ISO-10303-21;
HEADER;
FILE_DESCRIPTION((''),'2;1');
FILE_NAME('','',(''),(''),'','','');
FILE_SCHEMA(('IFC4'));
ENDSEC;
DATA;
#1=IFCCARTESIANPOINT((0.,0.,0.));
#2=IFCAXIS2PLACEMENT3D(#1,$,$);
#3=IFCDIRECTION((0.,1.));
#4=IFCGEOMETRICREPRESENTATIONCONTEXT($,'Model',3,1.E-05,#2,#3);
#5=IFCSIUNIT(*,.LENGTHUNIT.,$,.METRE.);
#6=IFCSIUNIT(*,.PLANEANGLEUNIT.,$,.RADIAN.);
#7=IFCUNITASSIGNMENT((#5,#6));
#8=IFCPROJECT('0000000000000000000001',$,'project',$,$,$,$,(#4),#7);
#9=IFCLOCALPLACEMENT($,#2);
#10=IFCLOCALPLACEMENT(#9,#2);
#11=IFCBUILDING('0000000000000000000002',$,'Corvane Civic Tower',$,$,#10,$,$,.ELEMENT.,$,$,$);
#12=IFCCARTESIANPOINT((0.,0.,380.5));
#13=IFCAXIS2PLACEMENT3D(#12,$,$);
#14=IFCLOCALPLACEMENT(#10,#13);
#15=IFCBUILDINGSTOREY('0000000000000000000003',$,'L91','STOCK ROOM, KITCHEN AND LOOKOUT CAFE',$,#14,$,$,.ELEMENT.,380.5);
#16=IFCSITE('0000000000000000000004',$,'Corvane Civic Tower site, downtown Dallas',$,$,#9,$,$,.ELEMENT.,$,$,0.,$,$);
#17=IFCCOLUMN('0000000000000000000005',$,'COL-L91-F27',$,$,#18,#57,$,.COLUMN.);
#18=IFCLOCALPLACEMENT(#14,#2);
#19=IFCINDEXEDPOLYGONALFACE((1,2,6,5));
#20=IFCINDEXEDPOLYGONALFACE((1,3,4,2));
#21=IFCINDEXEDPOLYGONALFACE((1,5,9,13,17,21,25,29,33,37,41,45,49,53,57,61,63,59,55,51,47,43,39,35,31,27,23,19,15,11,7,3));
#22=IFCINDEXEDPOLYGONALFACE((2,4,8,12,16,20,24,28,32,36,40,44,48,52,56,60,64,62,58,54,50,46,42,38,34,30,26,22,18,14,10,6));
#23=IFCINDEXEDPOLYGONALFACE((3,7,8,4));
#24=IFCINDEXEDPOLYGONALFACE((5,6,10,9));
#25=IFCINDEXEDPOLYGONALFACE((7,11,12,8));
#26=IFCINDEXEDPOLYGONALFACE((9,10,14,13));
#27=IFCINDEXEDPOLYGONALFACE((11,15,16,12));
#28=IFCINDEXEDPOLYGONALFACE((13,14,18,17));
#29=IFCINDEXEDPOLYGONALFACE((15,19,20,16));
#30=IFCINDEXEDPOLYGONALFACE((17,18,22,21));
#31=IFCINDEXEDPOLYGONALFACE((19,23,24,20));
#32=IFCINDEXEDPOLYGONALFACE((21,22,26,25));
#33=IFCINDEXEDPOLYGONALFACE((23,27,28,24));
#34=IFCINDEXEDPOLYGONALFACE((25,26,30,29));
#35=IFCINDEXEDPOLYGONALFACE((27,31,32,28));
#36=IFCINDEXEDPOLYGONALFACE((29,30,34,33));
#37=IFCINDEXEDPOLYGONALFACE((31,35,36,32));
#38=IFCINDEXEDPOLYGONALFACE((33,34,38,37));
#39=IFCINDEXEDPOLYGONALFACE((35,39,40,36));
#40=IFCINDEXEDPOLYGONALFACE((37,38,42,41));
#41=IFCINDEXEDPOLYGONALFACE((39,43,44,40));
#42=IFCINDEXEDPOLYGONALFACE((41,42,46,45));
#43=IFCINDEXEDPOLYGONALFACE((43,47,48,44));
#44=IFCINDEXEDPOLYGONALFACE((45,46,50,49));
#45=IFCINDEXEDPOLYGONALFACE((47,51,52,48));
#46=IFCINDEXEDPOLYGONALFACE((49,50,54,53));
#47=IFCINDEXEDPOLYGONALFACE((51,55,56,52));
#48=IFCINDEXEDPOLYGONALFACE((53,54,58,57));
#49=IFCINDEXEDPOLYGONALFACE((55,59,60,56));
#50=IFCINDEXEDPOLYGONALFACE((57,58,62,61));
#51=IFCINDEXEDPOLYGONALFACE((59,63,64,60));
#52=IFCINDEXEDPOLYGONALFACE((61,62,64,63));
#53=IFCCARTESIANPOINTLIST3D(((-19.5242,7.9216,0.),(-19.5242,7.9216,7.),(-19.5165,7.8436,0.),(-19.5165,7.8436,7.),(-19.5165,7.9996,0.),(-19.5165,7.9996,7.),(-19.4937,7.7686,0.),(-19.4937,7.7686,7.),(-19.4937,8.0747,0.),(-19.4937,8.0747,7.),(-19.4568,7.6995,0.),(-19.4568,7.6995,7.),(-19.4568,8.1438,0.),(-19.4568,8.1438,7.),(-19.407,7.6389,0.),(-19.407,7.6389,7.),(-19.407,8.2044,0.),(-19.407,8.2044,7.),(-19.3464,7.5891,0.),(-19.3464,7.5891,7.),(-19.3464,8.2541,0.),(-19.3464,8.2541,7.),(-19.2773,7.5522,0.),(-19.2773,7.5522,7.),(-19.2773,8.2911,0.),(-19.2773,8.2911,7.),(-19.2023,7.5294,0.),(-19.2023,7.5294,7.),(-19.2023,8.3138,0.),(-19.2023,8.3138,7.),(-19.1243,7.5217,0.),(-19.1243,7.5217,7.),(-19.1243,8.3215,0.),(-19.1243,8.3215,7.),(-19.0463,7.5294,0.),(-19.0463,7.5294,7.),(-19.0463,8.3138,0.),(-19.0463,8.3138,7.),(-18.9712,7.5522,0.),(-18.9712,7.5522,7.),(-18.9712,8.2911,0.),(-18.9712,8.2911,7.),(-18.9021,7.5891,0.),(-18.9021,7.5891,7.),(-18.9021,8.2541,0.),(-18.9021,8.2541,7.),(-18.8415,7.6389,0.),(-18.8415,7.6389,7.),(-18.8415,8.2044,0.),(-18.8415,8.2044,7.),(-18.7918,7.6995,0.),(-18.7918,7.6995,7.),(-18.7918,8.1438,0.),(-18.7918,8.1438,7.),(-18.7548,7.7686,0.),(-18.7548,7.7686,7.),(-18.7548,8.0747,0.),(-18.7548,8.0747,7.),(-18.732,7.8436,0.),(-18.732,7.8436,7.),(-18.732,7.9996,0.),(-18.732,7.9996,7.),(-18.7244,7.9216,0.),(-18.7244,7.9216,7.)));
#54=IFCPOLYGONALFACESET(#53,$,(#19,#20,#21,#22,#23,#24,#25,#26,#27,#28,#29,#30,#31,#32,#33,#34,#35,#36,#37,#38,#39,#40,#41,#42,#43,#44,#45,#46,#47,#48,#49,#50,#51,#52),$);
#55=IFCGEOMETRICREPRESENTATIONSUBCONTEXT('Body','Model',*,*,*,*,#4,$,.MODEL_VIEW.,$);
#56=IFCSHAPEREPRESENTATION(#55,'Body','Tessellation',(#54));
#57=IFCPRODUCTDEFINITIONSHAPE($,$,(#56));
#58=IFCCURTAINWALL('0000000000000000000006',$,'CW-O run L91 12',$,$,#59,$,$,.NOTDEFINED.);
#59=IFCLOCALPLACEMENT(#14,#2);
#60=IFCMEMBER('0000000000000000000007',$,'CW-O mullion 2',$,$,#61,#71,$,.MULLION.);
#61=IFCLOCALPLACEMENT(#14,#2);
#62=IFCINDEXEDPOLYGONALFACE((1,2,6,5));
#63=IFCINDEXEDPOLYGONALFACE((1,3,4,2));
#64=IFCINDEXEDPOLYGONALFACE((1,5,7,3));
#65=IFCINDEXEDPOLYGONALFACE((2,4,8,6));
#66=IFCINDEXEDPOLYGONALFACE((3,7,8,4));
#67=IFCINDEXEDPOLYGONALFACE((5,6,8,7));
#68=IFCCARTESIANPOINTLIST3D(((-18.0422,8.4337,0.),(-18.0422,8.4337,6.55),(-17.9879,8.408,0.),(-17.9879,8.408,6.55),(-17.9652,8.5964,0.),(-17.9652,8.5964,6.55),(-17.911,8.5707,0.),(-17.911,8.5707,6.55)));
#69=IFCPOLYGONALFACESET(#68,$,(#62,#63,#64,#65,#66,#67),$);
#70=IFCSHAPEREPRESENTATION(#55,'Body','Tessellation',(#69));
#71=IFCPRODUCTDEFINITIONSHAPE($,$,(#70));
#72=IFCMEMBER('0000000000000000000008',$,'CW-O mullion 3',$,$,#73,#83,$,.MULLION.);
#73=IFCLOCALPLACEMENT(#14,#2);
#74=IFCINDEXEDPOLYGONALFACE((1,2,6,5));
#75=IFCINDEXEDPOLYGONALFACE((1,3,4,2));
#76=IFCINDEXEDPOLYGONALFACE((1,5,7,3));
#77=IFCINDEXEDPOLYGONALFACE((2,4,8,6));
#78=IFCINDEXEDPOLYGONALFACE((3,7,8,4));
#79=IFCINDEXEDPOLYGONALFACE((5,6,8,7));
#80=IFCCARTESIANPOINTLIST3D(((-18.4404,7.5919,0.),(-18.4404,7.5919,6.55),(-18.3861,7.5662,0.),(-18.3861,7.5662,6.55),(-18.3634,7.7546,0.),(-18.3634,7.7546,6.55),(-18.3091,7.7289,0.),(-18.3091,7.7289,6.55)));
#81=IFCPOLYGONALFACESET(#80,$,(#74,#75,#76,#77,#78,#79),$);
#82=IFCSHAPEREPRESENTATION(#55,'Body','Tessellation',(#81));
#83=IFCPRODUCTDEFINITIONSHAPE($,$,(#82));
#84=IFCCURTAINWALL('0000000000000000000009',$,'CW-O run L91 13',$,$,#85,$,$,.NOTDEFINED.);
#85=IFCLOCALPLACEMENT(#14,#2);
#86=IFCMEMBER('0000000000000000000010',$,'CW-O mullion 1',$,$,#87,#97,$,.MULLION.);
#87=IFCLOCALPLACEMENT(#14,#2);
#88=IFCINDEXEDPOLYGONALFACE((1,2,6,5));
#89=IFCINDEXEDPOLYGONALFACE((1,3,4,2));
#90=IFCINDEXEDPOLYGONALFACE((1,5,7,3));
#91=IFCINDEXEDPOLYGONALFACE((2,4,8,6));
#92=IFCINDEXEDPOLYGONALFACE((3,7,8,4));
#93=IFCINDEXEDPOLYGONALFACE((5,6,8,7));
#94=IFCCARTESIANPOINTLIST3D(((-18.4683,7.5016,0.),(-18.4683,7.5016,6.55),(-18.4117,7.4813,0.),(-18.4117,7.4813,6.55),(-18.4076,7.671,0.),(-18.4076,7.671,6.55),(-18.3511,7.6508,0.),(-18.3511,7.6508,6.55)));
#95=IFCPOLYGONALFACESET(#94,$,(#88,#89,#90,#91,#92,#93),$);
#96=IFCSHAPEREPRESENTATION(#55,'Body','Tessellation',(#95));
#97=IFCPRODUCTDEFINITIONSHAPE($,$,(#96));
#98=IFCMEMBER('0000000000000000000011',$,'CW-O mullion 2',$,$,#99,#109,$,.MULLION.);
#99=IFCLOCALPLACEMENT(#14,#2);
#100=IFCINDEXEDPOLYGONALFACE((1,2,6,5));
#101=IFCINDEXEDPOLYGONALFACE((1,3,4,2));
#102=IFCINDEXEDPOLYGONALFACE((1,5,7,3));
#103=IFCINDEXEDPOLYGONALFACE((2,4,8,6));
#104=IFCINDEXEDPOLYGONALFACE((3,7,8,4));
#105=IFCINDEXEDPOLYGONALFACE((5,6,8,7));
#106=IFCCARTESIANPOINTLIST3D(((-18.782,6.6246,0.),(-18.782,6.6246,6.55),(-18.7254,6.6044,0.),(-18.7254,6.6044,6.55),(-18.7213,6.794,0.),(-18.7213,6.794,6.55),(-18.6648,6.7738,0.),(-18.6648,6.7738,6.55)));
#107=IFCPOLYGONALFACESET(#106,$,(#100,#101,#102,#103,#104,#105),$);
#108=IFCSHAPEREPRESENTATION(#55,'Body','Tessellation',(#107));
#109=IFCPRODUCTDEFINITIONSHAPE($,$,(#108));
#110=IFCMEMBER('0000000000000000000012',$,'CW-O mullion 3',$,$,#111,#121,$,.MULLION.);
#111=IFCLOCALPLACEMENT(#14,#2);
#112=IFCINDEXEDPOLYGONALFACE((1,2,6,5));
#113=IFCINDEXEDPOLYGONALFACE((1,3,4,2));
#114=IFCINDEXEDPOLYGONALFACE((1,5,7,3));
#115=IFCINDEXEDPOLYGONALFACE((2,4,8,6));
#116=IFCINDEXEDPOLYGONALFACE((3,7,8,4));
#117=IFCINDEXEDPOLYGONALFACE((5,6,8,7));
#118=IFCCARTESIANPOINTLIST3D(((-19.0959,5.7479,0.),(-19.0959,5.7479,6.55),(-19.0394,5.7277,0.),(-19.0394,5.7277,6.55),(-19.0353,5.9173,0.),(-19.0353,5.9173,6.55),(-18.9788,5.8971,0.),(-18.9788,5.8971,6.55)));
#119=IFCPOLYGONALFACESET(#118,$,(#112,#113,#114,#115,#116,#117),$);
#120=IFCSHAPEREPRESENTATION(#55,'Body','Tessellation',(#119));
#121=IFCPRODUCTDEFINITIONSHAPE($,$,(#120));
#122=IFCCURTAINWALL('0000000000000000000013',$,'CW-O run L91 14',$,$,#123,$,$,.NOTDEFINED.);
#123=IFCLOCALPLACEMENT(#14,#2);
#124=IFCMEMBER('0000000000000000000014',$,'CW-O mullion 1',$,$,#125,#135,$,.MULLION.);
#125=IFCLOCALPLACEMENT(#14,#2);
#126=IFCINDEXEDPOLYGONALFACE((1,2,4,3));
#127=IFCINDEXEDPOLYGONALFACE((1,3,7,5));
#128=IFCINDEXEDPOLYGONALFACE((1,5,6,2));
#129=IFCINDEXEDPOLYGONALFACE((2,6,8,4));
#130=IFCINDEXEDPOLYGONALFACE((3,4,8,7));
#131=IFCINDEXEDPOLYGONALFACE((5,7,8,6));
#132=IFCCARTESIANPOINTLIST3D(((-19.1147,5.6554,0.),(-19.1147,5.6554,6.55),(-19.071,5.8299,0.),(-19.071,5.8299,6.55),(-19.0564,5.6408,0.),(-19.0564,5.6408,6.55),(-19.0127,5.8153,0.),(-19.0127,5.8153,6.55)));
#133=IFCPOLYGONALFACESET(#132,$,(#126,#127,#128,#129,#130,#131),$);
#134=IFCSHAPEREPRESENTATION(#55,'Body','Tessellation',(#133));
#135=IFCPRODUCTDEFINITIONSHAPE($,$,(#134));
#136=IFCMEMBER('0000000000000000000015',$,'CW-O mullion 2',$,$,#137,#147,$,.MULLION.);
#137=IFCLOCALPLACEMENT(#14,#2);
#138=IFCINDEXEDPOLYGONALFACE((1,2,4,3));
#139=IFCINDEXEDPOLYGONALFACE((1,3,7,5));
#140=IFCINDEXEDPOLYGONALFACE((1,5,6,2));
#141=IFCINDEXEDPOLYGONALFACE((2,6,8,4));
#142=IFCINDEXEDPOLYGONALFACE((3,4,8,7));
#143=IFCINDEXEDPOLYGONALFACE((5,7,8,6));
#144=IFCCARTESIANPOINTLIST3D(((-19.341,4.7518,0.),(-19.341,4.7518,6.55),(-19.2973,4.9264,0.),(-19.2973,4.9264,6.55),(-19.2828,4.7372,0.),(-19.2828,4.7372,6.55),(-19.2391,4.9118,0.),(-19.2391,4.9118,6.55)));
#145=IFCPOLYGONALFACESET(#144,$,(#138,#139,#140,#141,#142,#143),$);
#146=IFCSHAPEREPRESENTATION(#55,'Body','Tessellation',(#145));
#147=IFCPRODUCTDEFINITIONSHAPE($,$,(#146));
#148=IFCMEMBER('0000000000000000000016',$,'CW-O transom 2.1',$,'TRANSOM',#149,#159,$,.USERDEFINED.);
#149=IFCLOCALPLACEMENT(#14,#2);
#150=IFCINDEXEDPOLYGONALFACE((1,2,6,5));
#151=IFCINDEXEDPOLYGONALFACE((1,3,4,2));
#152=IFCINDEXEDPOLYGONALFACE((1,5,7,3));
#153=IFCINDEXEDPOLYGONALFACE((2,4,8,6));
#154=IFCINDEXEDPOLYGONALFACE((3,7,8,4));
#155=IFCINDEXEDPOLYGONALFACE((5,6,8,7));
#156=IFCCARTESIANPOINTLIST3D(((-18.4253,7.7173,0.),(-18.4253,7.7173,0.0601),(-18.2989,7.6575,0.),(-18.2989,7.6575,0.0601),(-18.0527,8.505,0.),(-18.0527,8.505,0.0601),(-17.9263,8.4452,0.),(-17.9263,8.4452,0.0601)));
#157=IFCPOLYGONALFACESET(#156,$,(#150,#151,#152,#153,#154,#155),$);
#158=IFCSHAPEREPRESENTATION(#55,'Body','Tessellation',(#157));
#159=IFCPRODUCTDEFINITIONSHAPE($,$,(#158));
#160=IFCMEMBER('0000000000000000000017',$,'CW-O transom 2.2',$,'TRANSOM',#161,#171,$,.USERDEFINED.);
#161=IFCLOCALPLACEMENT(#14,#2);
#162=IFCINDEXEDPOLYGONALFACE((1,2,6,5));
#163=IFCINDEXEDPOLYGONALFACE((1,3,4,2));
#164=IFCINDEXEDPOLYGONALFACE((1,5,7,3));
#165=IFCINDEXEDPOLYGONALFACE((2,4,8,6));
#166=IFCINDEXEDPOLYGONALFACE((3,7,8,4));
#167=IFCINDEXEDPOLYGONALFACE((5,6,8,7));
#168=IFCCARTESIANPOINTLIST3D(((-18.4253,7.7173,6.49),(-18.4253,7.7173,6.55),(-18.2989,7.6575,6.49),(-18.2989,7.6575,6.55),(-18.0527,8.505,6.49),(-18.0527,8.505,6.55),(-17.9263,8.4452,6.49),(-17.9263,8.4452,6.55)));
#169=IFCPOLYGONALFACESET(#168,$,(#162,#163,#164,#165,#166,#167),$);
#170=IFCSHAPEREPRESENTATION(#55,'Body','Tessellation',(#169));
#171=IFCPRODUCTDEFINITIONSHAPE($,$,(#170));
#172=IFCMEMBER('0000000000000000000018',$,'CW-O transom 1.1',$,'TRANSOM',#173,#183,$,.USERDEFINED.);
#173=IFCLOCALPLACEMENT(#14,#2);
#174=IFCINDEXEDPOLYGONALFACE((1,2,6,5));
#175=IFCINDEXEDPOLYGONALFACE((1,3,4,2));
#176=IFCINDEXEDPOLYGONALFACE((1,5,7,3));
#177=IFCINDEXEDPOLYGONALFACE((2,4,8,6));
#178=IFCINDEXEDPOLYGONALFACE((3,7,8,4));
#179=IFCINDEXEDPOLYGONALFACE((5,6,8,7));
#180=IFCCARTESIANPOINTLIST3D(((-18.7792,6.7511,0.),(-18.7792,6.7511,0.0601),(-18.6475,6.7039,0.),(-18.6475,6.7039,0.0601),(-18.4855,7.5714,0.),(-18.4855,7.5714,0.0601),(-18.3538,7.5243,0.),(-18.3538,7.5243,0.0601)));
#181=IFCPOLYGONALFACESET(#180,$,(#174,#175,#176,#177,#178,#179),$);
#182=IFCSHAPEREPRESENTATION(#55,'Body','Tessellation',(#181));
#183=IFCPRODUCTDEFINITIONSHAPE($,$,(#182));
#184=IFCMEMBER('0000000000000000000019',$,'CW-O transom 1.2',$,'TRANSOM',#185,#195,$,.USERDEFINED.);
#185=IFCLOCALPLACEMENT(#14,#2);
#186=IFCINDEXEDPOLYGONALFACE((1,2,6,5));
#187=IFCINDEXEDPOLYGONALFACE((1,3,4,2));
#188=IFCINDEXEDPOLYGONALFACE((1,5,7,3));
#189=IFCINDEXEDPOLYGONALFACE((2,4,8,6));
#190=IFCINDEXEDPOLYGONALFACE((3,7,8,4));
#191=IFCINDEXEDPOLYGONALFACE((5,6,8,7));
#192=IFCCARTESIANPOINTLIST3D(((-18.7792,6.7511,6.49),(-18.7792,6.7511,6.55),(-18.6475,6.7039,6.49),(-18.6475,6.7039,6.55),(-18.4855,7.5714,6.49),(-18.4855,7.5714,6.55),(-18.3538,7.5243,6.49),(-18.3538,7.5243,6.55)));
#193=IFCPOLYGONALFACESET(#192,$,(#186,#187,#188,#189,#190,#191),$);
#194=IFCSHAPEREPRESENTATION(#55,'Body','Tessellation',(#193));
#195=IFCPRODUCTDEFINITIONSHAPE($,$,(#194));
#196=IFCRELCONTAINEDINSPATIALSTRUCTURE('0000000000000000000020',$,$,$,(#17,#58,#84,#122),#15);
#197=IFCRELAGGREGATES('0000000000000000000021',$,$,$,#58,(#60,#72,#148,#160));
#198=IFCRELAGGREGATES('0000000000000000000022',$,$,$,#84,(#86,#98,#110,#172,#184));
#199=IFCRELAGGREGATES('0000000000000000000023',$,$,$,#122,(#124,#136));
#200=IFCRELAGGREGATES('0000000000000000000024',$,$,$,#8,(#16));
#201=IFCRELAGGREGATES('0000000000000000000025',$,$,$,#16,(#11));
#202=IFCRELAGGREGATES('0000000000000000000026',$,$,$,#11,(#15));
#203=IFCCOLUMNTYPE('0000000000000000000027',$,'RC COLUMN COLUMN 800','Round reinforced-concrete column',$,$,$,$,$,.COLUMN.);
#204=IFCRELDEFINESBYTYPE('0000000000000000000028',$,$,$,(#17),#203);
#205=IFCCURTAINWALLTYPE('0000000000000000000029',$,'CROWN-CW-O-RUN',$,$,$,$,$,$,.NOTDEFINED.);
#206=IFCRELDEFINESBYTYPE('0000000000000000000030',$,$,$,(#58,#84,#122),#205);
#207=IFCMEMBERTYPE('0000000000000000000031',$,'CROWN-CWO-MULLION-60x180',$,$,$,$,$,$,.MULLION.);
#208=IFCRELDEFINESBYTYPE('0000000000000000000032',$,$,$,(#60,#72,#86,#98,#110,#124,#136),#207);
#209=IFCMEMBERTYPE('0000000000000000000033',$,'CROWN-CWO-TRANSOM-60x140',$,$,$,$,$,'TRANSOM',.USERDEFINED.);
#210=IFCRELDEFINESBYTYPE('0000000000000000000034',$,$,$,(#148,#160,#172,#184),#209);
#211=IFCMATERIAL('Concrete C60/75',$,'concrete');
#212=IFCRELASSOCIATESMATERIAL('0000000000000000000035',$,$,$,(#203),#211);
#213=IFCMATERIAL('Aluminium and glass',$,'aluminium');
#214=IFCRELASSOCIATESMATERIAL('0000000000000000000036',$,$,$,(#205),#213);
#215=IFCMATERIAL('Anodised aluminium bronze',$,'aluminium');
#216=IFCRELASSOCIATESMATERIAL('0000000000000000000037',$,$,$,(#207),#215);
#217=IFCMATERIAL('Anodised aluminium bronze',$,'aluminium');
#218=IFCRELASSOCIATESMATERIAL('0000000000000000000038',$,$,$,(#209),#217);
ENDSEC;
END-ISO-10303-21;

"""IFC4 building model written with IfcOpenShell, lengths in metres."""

from ifc_helpers import new_model, si_unit, direction, frame, origin, origin_2d, place, context, subcontext, project, spatial, rectangle, circle, extrude, material, material_profile, profile_set, type_object, element, aggregate, save


model = new_model("IFC4")

# Units and contexts
model_context = context("Model", 3, precision=1e-05, world=origin(), true_north=direction((0.0, 1.0)))
body_context = subcontext(model_context, "Body", "Model", "MODEL_VIEW")
ifc_project = project(units=[si_unit("LENGTHUNIT", "METRE"), si_unit("PLANEANGLEUNIT", "RADIAN")], contexts=[model_context])

# Site, building, storey
site_placement = place(None, origin())
site = spatial("IfcSite", under=ifc_project, at=site_placement, Name="Corvane Civic Tower site, downtown Dallas", CompositionType="ELEMENT", RefElevation=0.0)
building_placement = place(site_placement, origin())
building = spatial("IfcBuilding", under=site, at=building_placement, Name="Corvane Civic Tower", CompositionType="ELEMENT")
storey_placement = place(building_placement, frame((0.0, 0.0, 380.5)))
storey = spatial("IfcBuildingStorey", under=building, at=storey_placement, Name="L91", Description="STOCK ROOM, KITCHEN AND LOOKOUT CAFE", CompositionType="ELEMENT", Elevation=380.5)

# Column
ifc_material_1 = material(Name="Concrete C60/75", Category="concrete")
ifc_material_profile_1 = material_profile(ifc_material_1, circle(Radius=0.3999, at=origin_2d()), Name="COLUMN 800")
ifc_profile_set_1 = profile_set([ifc_material_profile_1], Name="Concrete C60/75")
column_type = type_object("IfcColumnType", Name="RC COLUMN COLUMN 800", Description="Round reinforced-concrete column", PredefinedType="COLUMN", material=ifc_profile_set_1)
column_placement = place(storey_placement, frame((-19.1243, 7.9216, 0.0), z_axis=(0.0, 0.0, 1.0), x_axis=(1.0, 0.0, 0.0)))
element("IfcColumn", 1, at=column_placement, inside=storey, type_object=column_type, Name="COL-L91-F27", PredefinedType="COLUMN", context=body_context, shape_type="SweptSolid", body=[
    extrude(circle(Radius=0.3999, at=origin_2d()), origin(), (0.0, 0.0, 1.0), 7.0),
])

# Curtain walls, members
ifc_material_2 = material(Name="Aluminium and glass", Category="aluminium")
curtain_wall_type = type_object("IfcCurtainWallType", Name="CROWN-CW-O-RUN", PredefinedType="NOTDEFINED", material=ifc_material_2)
curtain_wall_1_placement = place(storey_placement, origin())
curtain_wall_1 = element("IfcCurtainWall", 2, at=curtain_wall_1_placement, inside=storey, type_object=curtain_wall_type, Name="CW-O run L91 12", PredefinedType="NOTDEFINED")
ifc_material_3 = material(Name="Anodised aluminium bronze", Category="aluminium")
ifc_material_profile_2 = material_profile(ifc_material_3, rectangle(XDim=0.0601, YDim=0.1799, at=origin_2d()), Name="AL 60x180")
ifc_profile_set_2 = profile_set([ifc_material_profile_2], Name="Anodised aluminium bronze")
member_type_1 = type_object("IfcMemberType", Name="CROWN-CWO-MULLION-60x180", PredefinedType="MULLION", material=ifc_profile_set_2)
member_1_placement = place(storey_placement, frame((-17.9766, 8.5022, 0.0), z_axis=(0.0, 0.0, 1.0), x_axis=(0.904011, -0.427509, 0.0)))
member_1 = element("IfcMember", 3, at=member_1_placement, type_object=member_type_1, Name="CW-O mullion 2", PredefinedType="MULLION", context=body_context, shape_type="SweptSolid", body=[
    extrude(rectangle(XDim=0.0601, YDim=0.1799, at=origin_2d()), origin(), (0.0, 0.0, 1.0), 6.55),
])
member_2_placement = place(storey_placement, frame((-18.3748, 7.6604, 0.0), z_axis=(0.0, 0.0, 1.0), x_axis=(0.904011, -0.427509, 0.0)))
member_2 = element("IfcMember", 4, at=member_2_placement, type_object=member_type_1, Name="CW-O mullion 3", PredefinedType="MULLION", context=body_context, shape_type="SweptSolid", body=[
    extrude(rectangle(XDim=0.0601, YDim=0.1799, at=origin_2d()), origin(), (0.0, 0.0, 1.0), 6.55),
])
curtain_wall_2_placement = place(storey_placement, origin())
curtain_wall_2 = element("IfcCurtainWall", 5, at=curtain_wall_2_placement, inside=storey, type_object=curtain_wall_type, Name="CW-O run L91 13", PredefinedType="NOTDEFINED")
member_3_placement = place(storey_placement, frame((-18.4097, 7.5762, 0.0), z_axis=(0.0, 0.0, 1.0), x_axis=(0.941511, -0.336982, 0.0)))
member_3 = element("IfcMember", 6, at=member_3_placement, type_object=member_type_1, Name="CW-O mullion 1", PredefinedType="MULLION", context=body_context, shape_type="SweptSolid", body=[
    extrude(rectangle(XDim=0.0601, YDim=0.1799, at=origin_2d()), origin(), (0.0, 0.0, 1.0), 6.55),
])
member_4_placement = place(storey_placement, frame((-18.7234, 6.6992, 0.0), z_axis=(0.0, 0.0, 1.0), x_axis=(0.941511, -0.336982, 0.0)))
member_4 = element("IfcMember", 7, at=member_4_placement, type_object=member_type_1, Name="CW-O mullion 2", PredefinedType="MULLION", context=body_context, shape_type="SweptSolid", body=[
    extrude(rectangle(XDim=0.0601, YDim=0.1799, at=origin_2d()), origin(), (0.0, 0.0, 1.0), 6.55),
])
member_5_placement = place(storey_placement, frame((-19.0374, 5.8225, 0.0), z_axis=(0.0, 0.0, 1.0), x_axis=(0.941511, -0.336982, 0.0)))
member_5 = element("IfcMember", 8, at=member_5_placement, type_object=member_type_1, Name="CW-O mullion 3", PredefinedType="MULLION", context=body_context, shape_type="SweptSolid", body=[
    extrude(rectangle(XDim=0.0601, YDim=0.1799, at=origin_2d()), origin(), (0.0, 0.0, 1.0), 6.55),
])
curtain_wall_3_placement = place(storey_placement, origin())
curtain_wall_3 = element("IfcCurtainWall", 9, at=curtain_wall_3_placement, inside=storey, type_object=curtain_wall_type, Name="CW-O run L91 14", PredefinedType="NOTDEFINED")
member_6_placement = place(storey_placement, frame((-19.0637, 5.7354, 0.0), z_axis=(0.0, 0.0, 1.0), x_axis=(0.970038, -0.242952, 0.0)))
member_6 = element("IfcMember", 10, at=member_6_placement, type_object=member_type_1, Name="CW-O mullion 1", PredefinedType="MULLION", context=body_context, shape_type="SweptSolid", body=[
    extrude(rectangle(XDim=0.0601, YDim=0.1799, at=origin_2d()), origin(), (0.0, 0.0, 1.0), 6.55),
])
member_7_placement = place(storey_placement, frame((-19.29, 4.8318, 0.0), z_axis=(0.0, 0.0, 1.0), x_axis=(0.970038, -0.242952, 0.0)))
member_7 = element("IfcMember", 11, at=member_7_placement, type_object=member_type_1, Name="CW-O mullion 2", PredefinedType="MULLION", context=body_context, shape_type="SweptSolid", body=[
    extrude(rectangle(XDim=0.0601, YDim=0.1799, at=origin_2d()), origin(), (0.0, 0.0, 1.0), 6.55),
])

# Members
ifc_material_4 = material(Name="Anodised aluminium bronze", Category="aluminium")
ifc_material_profile_3 = material_profile(ifc_material_4, rectangle(XDim=0.1399, YDim=0.0601, at=origin_2d()), Name="AL 140x60")
ifc_profile_set_3 = profile_set([ifc_material_profile_3], Name="Anodised aluminium bronze")
member_type_2 = type_object("IfcMemberType", Name="CROWN-CWO-TRANSOM-60x140", ElementType="TRANSOM", PredefinedType="USERDEFINED", material=ifc_profile_set_3)
member_8_placement = place(storey_placement, frame((-17.9895, 8.4751, 0.03), z_axis=(-0.427604, -0.903966, 0.0), x_axis=(0.903966, -0.427604, 0.0)))
member_8 = element("IfcMember", 12, at=member_8_placement, type_object=member_type_2, Name="CW-O transom 2.1", ObjectType="TRANSOM", PredefinedType="USERDEFINED", context=body_context, shape_type="SweptSolid", body=[
    extrude(rectangle(XDim=0.1399, YDim=0.0601, at=origin_2d()), origin(), (0.0, 0.0, 1.0), 0.8713),
])
member_9_placement = place(storey_placement, frame((-17.9895, 8.4751, 6.52), z_axis=(-0.427604, -0.903966, 0.0), x_axis=(0.903966, -0.427604, 0.0)))
member_9 = element("IfcMember", 13, at=member_9_placement, type_object=member_type_2, Name="CW-O transom 2.2", ObjectType="TRANSOM", PredefinedType="USERDEFINED", context=body_context, shape_type="SweptSolid", body=[
    extrude(rectangle(XDim=0.1399, YDim=0.0601, at=origin_2d()), origin(), (0.0, 0.0, 1.0), 0.8713),
])
member_10_placement = place(storey_placement, frame((-18.4197, 7.5479, 0.03), z_axis=(-0.337082, -0.941475, 0.0), x_axis=(0.941475, -0.337082, 0.0)))
member_10 = element("IfcMember", 14, at=member_10_placement, type_object=member_type_2, Name="CW-O transom 1.1", ObjectType="TRANSOM", PredefinedType="USERDEFINED", context=body_context, shape_type="SweptSolid", body=[
    extrude(rectangle(XDim=0.1399, YDim=0.0601, at=origin_2d()), origin(), (0.0, 0.0, 1.0), 0.8713),
])
member_11_placement = place(storey_placement, frame((-18.4197, 7.5479, 6.52), z_axis=(-0.337082, -0.941475, 0.0), x_axis=(0.941475, -0.337082, 0.0)))
member_11 = element("IfcMember", 15, at=member_11_placement, type_object=member_type_2, Name="CW-O transom 1.2", ObjectType="TRANSOM", PredefinedType="USERDEFINED", context=body_context, shape_type="SweptSolid", body=[
    extrude(rectangle(XDim=0.1399, YDim=0.0601, at=origin_2d()), origin(), (0.0, 0.0, 1.0), 0.8713),
])

aggregate(curtain_wall_1, [member_1, member_2, member_8, member_9])
aggregate(curtain_wall_2, [member_3, member_4, member_5, member_10, member_11])
aggregate(curtain_wall_3, [member_6, member_7])

save(model, "model.ifc")
